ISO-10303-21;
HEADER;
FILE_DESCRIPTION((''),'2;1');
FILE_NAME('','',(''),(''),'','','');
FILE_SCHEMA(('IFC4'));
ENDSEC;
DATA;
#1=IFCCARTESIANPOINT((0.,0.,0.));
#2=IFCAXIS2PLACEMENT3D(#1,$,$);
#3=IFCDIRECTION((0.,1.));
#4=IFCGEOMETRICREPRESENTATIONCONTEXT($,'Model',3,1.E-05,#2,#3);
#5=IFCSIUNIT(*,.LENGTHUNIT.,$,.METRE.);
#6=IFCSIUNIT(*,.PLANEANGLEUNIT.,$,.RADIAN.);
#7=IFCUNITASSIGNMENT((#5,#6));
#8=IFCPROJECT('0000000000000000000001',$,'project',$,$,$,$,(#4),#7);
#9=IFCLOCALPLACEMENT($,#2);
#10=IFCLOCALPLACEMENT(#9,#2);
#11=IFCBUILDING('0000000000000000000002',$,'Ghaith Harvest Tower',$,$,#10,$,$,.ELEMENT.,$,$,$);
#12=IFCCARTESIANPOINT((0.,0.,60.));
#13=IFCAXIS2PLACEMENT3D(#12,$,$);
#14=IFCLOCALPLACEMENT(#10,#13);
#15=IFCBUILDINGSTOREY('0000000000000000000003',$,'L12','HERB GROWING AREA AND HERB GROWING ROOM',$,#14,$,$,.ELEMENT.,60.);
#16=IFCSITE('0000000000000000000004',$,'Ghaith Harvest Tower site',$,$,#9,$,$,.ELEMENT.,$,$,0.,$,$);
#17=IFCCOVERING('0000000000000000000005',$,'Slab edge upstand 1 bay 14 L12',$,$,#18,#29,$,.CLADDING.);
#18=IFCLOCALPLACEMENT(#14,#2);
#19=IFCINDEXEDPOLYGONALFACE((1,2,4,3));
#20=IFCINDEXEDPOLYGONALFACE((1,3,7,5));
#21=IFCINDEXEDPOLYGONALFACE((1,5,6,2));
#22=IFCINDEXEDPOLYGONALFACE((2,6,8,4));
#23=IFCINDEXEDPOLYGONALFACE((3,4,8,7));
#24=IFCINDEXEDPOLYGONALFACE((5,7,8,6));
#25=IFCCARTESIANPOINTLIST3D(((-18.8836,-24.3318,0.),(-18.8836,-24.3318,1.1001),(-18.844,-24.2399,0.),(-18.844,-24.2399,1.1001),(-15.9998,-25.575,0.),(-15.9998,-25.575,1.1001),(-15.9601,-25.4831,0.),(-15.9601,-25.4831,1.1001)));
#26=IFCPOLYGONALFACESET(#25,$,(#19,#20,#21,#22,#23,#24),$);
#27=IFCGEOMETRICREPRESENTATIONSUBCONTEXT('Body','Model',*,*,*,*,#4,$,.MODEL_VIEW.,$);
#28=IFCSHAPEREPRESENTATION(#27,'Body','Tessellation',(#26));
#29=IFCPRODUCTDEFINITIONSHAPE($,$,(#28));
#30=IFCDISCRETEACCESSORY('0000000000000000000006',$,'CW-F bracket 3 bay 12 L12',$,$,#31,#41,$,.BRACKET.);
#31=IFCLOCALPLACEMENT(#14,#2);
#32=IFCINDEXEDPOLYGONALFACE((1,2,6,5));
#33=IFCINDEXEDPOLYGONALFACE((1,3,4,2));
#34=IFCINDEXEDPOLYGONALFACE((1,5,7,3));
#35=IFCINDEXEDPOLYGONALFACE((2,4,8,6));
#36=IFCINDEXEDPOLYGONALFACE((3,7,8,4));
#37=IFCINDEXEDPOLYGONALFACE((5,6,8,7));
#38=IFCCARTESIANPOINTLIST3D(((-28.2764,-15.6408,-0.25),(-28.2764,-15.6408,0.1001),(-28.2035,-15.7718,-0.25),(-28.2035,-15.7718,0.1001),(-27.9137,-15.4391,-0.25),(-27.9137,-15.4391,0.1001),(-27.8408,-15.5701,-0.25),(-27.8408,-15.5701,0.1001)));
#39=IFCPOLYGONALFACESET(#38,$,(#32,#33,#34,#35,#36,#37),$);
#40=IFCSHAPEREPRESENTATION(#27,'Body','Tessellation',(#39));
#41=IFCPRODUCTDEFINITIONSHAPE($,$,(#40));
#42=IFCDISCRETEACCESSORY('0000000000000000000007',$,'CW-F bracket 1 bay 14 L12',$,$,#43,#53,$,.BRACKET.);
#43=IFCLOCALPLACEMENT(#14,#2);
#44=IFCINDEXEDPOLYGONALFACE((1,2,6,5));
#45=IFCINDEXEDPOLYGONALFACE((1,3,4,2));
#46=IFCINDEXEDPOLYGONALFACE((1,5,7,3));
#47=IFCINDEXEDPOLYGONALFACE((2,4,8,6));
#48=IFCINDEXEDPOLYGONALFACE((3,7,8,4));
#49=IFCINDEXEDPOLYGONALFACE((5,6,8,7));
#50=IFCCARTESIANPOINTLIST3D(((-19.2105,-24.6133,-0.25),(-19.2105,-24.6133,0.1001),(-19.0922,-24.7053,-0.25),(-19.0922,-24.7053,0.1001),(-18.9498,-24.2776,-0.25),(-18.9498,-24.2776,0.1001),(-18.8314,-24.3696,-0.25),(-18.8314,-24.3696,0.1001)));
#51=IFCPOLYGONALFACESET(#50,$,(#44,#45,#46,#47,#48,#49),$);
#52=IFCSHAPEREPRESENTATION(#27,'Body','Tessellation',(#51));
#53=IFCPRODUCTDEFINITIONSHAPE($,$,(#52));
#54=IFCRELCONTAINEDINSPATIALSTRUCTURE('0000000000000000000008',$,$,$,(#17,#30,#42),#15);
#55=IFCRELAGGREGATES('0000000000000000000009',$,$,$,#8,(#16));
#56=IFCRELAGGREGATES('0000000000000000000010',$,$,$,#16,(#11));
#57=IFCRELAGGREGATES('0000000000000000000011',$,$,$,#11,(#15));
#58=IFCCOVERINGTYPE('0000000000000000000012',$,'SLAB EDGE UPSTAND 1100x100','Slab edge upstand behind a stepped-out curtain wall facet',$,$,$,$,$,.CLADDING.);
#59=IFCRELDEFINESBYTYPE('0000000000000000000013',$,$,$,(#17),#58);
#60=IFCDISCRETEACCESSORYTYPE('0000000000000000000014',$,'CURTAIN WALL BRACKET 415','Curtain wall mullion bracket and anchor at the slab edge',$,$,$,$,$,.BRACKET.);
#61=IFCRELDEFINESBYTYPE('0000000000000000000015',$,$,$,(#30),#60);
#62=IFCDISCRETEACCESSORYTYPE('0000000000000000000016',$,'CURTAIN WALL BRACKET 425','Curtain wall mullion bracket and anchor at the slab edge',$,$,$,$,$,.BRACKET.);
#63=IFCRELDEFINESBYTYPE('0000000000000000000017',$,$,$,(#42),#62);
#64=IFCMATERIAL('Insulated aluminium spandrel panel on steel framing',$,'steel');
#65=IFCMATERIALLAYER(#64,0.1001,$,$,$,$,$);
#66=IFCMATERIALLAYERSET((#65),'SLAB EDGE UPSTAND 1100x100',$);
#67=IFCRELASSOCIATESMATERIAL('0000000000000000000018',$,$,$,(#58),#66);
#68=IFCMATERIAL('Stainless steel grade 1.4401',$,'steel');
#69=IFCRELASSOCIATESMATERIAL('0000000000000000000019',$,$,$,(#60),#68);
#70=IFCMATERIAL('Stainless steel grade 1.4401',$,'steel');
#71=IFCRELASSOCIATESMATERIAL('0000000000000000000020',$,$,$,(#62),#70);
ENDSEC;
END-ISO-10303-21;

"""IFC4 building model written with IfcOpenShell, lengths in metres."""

from ifc_helpers import new_model, si_unit, direction, frame, origin, origin_2d, place, context, subcontext, project, spatial, rectangle, extrude, material, layer, layer_set, type_object, element, save


model = new_model("IFC4")

# Units and contexts
model_context = context("Model", 3, precision=1e-05, world=origin(), true_north=direction((0.0, 1.0)))
body_context = subcontext(model_context, "Body", "Model", "MODEL_VIEW")
ifc_project = project(units=[si_unit("LENGTHUNIT", "METRE"), si_unit("PLANEANGLEUNIT", "RADIAN")], contexts=[model_context])

# Site, building, storey
site_placement = place(None, origin())
site = spatial("IfcSite", under=ifc_project, at=site_placement, Name="Ghaith Harvest Tower site", CompositionType="ELEMENT", RefElevation=0.0)
building_placement = place(site_placement, origin())
building = spatial("IfcBuilding", under=site, at=building_placement, Name="Ghaith Harvest Tower", CompositionType="ELEMENT")
storey_placement = place(building_placement, frame((0.0, 0.0, 60.0)))
storey = spatial("IfcBuildingStorey", under=building, at=storey_placement, Name="L12", Description="HERB GROWING AREA AND HERB GROWING ROOM", CompositionType="ELEMENT", Elevation=60.0)

# Covering
ifc_material_1 = material(Name="Insulated aluminium spandrel panel on steel framing", Category="steel")
ifc_layer_1 = layer(ifc_material_1, 0.1001)
ifc_layer_set_1 = layer_set([ifc_layer_1], Name="SLAB EDGE UPSTAND 1100x100")
covering_type = type_object("IfcCoveringType", Name="SLAB EDGE UPSTAND 1100x100", Description="Slab edge upstand behind a stepped-out curtain wall facet", PredefinedType="CLADDING", material=ifc_layer_set_1)
covering_1_placement = place(storey_placement, frame((-17.4219, -24.9075, 0.0), z_axis=(0.0, 0.0, 1.0), x_axis=(0.918307, -0.395869, 0.0)))
element("IfcCovering", 1, at=covering_1_placement, inside=storey, type_object=covering_type, Name="Slab edge upstand 1 bay 14 L12", PredefinedType="CLADDING", context=body_context, shape_type="SweptSolid", body=[
    extrude(rectangle(XDim=3.1404, YDim=0.1001, at=origin_2d()), origin(), (0.0, 0.0, 1.0), 1.1001),
])

# Discrete accessories
ifc_material_2 = material(Name="Stainless steel grade 1.4401", Category="steel")
discrete_accessory_type_1 = type_object("IfcDiscreteAccessoryType", Name="CURTAIN WALL BRACKET 415", Description="Curtain wall mullion bracket and anchor at the slab edge", PredefinedType="BRACKET", material=ifc_material_2)
discrete_accessory_1_placement = place(storey_placement, frame((-28.0586, -15.6055, -0.25), z_axis=(0.0, 0.0, 1.0), x_axis=(-0.873927, -0.486057, 0.0)))
element("IfcDiscreteAccessory", 2, at=discrete_accessory_1_placement, inside=storey, type_object=discrete_accessory_type_1, Name="CW-F bracket 3 bay 12 L12", PredefinedType="BRACKET", context=body_context, shape_type="SweptSolid", body=[
    extrude(rectangle(XDim=0.415, YDim=0.1499, at=origin_2d()), origin(), (0.0, 0.0, 1.0), 0.3501),
])
ifc_material_3 = material(Name="Stainless steel grade 1.4401", Category="steel")
discrete_accessory_type_2 = type_object("IfcDiscreteAccessoryType", Name="CURTAIN WALL BRACKET 425", Description="Curtain wall mullion bracket and anchor at the slab edge", PredefinedType="BRACKET", material=ifc_material_3)
discrete_accessory_2_placement = place(storey_placement, frame((-19.021, -24.4915, -0.25), z_axis=(0.0, 0.0, 1.0), x_axis=(-0.613378, -0.78979, 0.0)))
element("IfcDiscreteAccessory", 3, at=discrete_accessory_2_placement, inside=storey, type_object=discrete_accessory_type_2, Name="CW-F bracket 1 bay 14 L12", PredefinedType="BRACKET", context=body_context, shape_type="SweptSolid", body=[
    extrude(rectangle(XDim=0.425, YDim=0.1499, at=origin_2d()), origin(), (0.0, 0.0, 1.0), 0.3501),
])

save(model, "model.ifc")
